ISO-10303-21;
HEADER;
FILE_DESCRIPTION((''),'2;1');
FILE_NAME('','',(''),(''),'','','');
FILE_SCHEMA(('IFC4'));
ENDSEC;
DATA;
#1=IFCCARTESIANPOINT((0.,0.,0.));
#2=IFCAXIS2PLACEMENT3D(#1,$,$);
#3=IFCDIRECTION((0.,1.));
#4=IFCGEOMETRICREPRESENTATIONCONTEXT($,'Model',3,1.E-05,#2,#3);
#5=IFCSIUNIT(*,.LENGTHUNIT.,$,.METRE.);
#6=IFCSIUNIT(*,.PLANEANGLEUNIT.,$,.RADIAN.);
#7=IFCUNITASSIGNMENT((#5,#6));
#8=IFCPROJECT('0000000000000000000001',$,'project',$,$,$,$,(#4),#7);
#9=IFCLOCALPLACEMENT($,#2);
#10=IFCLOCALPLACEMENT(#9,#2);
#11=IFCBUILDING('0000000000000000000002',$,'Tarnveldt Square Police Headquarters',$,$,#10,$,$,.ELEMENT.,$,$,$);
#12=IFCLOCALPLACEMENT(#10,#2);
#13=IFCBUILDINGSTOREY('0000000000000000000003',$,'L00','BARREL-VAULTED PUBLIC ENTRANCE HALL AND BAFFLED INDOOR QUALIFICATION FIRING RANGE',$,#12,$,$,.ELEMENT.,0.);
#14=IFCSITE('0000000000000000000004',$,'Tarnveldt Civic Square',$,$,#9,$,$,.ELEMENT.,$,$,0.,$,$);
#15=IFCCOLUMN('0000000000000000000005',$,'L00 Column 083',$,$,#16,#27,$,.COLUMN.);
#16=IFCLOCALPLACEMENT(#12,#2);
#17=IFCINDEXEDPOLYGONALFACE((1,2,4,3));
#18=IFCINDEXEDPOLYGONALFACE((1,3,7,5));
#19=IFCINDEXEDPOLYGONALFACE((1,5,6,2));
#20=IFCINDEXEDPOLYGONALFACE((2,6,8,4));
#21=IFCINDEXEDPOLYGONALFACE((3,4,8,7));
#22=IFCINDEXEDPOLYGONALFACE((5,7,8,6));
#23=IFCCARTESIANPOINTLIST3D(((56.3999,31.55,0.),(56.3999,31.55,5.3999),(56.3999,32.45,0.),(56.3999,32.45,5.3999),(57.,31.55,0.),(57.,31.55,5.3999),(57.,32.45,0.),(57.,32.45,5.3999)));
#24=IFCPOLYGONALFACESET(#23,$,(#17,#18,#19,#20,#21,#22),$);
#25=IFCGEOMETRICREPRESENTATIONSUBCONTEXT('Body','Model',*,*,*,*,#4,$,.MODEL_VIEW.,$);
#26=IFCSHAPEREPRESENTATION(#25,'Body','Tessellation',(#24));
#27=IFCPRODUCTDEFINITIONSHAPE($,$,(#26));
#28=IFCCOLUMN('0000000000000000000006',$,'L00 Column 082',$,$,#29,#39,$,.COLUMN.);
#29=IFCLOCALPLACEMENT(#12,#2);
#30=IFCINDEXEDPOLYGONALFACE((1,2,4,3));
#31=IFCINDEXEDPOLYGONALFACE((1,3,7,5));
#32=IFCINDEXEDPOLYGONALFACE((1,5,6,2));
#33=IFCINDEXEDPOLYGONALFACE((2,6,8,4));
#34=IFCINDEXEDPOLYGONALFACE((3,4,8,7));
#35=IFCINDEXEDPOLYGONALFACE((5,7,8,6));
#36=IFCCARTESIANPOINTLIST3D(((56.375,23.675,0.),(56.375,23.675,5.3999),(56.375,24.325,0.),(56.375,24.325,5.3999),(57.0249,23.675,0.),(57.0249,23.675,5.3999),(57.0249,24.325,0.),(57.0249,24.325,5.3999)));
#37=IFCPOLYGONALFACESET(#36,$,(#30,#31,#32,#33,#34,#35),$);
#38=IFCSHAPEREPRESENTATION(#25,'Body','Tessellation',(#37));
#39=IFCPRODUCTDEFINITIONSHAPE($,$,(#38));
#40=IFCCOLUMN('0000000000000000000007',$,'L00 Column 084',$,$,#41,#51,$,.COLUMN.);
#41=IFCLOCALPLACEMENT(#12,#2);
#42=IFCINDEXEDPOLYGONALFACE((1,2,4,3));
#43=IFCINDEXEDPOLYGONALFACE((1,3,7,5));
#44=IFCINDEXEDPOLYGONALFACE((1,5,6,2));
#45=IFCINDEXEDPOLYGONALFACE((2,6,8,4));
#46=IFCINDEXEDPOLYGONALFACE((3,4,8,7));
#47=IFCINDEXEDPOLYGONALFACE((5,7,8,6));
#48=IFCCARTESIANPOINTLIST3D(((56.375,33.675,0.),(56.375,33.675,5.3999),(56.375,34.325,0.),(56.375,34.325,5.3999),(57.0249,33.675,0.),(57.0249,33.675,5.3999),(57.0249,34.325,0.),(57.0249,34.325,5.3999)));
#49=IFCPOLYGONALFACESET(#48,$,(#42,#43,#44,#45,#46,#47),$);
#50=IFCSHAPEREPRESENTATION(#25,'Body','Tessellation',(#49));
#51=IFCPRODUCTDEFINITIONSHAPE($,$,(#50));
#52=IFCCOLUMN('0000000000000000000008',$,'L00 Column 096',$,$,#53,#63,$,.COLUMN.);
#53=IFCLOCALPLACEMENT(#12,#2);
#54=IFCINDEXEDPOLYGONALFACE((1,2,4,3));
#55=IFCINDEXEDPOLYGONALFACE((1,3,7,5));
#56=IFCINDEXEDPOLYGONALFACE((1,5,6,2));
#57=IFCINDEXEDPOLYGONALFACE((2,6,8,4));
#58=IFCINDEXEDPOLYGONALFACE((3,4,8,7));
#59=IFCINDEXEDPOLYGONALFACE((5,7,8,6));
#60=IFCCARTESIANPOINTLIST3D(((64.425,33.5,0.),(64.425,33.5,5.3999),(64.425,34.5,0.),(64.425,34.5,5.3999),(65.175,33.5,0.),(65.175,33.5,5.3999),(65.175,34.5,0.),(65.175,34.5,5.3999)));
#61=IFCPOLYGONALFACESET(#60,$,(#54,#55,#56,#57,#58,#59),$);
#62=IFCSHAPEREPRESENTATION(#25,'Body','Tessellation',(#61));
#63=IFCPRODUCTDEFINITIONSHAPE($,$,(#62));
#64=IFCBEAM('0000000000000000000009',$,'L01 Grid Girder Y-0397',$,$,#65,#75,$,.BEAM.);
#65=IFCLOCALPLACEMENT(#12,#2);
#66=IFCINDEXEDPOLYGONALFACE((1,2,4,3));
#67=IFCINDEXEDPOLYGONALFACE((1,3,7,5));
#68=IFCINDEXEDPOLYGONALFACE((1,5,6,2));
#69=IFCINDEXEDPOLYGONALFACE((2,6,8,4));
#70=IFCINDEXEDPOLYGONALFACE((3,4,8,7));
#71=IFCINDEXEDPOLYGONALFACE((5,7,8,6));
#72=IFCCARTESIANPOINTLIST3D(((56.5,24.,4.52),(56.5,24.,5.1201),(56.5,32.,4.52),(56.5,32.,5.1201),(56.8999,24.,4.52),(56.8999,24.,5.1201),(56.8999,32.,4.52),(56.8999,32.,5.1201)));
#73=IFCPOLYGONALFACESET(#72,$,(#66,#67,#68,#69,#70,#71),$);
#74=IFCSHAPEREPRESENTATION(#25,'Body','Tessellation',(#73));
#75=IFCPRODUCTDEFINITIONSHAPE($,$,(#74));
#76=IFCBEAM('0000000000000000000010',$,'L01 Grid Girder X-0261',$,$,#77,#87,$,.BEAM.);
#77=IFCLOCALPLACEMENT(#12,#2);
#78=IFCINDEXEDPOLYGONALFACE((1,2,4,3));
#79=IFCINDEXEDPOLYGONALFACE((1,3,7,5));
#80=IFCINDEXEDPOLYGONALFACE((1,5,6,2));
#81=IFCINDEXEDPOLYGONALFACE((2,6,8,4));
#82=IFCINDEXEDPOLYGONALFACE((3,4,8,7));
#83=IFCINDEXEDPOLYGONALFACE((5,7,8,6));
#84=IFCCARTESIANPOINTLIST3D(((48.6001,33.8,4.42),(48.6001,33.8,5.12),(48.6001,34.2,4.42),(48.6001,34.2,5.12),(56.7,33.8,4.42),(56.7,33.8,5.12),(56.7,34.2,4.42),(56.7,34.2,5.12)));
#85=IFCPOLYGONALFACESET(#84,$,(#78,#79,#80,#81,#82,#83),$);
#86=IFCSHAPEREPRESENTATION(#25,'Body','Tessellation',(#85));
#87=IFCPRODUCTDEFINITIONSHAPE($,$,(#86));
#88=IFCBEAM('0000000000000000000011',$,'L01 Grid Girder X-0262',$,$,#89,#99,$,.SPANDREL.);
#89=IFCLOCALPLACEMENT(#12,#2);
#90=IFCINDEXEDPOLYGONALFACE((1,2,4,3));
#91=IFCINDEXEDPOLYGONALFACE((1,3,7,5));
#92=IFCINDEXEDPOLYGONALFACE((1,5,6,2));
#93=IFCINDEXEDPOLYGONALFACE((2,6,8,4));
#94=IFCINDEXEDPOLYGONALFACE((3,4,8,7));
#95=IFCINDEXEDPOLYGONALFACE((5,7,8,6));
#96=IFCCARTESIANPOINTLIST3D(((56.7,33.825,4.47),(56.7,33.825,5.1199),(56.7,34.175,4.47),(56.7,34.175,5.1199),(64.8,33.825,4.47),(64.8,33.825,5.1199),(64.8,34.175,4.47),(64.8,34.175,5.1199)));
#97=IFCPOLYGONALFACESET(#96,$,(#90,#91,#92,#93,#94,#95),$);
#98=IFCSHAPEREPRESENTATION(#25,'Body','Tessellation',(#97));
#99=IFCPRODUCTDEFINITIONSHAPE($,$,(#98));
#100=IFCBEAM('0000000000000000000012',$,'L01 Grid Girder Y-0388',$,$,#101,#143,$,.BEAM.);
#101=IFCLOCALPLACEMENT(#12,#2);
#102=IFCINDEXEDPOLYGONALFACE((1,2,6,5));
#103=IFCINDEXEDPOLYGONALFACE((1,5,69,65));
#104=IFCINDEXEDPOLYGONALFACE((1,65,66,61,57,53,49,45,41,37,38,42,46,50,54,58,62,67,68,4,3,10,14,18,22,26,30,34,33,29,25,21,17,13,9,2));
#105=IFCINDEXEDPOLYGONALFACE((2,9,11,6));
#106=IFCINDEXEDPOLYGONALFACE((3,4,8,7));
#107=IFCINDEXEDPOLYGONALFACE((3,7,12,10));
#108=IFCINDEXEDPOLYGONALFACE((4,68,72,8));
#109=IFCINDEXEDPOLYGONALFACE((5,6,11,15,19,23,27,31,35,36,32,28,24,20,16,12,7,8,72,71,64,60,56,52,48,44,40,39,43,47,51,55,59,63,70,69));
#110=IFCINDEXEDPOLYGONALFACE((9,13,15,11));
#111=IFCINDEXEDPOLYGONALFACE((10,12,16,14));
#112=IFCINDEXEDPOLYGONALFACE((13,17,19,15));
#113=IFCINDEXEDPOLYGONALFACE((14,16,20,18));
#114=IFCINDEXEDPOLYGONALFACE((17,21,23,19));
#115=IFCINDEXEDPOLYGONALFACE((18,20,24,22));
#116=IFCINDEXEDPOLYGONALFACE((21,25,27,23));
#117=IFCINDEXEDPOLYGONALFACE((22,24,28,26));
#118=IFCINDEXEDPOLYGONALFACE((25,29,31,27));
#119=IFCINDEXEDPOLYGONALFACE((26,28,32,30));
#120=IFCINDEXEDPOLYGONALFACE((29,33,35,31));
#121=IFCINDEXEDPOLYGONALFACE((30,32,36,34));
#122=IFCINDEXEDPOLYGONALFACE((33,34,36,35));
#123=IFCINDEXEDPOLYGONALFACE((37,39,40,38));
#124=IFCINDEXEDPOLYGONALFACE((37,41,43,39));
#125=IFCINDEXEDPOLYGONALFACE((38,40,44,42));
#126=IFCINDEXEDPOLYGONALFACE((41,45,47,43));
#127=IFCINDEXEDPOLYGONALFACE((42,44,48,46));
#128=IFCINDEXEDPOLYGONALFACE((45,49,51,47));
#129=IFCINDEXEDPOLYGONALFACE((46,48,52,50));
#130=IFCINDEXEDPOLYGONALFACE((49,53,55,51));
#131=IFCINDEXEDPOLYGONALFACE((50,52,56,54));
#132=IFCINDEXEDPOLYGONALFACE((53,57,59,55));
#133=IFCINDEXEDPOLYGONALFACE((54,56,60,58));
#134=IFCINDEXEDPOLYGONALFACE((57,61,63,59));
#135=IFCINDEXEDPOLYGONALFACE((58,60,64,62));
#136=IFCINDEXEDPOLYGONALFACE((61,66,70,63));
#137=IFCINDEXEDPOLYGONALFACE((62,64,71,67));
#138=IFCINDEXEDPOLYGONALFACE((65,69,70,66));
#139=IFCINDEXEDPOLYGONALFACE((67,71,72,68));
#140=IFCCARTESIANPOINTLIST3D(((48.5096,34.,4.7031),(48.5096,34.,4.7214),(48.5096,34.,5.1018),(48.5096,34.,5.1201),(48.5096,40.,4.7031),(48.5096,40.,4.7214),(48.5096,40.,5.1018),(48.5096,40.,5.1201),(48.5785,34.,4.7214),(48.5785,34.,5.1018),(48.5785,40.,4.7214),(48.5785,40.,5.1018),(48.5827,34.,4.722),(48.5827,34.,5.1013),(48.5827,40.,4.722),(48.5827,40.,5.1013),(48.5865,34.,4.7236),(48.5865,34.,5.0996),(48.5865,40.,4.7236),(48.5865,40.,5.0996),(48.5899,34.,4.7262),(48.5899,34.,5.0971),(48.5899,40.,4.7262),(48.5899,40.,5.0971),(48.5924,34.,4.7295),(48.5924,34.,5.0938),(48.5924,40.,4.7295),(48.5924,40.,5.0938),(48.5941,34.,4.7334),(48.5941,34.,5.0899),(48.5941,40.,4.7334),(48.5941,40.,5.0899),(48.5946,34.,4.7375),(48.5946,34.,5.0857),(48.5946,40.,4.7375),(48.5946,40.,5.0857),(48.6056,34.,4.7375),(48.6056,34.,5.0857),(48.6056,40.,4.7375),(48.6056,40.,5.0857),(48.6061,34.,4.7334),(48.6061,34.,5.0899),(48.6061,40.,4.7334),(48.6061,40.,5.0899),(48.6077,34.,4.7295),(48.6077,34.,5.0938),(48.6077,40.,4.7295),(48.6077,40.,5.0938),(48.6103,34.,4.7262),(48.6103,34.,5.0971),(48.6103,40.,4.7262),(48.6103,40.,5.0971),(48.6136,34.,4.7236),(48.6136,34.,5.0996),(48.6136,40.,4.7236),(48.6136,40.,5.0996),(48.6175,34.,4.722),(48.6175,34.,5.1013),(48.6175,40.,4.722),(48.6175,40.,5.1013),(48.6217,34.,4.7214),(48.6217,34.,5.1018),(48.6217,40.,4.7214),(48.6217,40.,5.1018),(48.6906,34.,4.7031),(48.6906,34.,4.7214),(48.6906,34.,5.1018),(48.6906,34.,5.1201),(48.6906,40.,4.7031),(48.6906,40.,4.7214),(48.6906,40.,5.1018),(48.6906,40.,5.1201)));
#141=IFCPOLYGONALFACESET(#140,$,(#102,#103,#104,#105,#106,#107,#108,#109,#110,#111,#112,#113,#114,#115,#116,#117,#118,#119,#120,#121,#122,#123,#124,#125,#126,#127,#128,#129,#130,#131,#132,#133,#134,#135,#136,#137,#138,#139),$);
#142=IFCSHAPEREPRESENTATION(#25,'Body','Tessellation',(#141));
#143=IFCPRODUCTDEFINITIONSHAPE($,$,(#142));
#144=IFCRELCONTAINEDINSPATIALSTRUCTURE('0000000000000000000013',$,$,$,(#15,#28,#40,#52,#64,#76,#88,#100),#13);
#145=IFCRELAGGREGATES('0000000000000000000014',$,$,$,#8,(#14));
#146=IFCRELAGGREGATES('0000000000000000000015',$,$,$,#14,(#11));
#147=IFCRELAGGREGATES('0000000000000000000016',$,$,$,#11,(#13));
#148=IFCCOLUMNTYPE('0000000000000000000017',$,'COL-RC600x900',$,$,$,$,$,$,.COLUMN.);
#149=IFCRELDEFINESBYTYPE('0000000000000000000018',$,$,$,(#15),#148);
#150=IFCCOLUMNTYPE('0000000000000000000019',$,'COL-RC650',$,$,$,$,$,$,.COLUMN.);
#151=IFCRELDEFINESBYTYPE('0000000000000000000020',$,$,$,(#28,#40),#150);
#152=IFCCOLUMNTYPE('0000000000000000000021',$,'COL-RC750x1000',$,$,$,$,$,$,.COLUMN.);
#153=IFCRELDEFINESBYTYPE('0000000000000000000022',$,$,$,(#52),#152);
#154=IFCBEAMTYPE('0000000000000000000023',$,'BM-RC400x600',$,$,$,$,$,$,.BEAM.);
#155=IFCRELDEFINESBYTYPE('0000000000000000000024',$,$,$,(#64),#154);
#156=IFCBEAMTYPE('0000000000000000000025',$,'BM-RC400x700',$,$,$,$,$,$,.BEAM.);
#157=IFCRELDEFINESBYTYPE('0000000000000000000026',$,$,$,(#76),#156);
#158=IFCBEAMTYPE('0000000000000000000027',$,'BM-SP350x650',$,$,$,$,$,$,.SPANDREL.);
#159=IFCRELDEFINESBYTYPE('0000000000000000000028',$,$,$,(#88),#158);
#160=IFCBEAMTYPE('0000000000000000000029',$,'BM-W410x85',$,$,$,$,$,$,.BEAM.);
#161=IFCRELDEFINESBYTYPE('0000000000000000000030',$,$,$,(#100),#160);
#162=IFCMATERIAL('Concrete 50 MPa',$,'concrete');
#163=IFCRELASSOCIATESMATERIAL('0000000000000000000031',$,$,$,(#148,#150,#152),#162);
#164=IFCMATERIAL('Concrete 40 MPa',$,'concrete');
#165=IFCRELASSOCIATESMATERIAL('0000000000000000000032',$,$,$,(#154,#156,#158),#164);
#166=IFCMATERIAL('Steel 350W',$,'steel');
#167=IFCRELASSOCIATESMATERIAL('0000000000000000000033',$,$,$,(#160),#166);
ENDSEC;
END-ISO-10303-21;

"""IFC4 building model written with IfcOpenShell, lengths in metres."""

from ifc_helpers import new_model, si_unit, direction, frame, origin, origin_2d, place, context, subcontext, project, spatial, rectangle, i_section, extrude, material, material_profile, profile_set, type_object, element, save


model = new_model("IFC4")

# Units and contexts
model_context = context("Model", 3, precision=1e-05, world=origin(), true_north=direction((0.0, 1.0)))
body_context = subcontext(model_context, "Body", "Model", "MODEL_VIEW")
ifc_project = project(units=[si_unit("LENGTHUNIT", "METRE"), si_unit("PLANEANGLEUNIT", "RADIAN")], contexts=[model_context])

# Site, building, storey
site_placement = place(None, origin())
site = spatial("IfcSite", under=ifc_project, at=site_placement, Name="Tarnveldt Civic Square", CompositionType="ELEMENT", RefElevation=0.0)
building_placement = place(site_placement, origin())
building = spatial("IfcBuilding", under=site, at=building_placement, Name="Tarnveldt Square Police Headquarters", CompositionType="ELEMENT")
storey_placement = place(building_placement, origin())
storey = spatial("IfcBuildingStorey", under=building, at=storey_placement, Name="L00", Description="BARREL-VAULTED PUBLIC ENTRANCE HALL AND BAFFLED INDOOR QUALIFICATION FIRING RANGE", CompositionType="ELEMENT", Elevation=0.0)

# Columns
ifc_material_1 = material(Name="Concrete 50 MPa", Category="concrete")
ifc_material_profile_1 = material_profile(ifc_material_1, rectangle(XDim=0.6001, YDim=0.8999, at=origin_2d()), Name="RC-C600x900")
ifc_profile_set_1 = profile_set([ifc_material_profile_1], Name="Concrete 50 MPa")
column_type_1 = type_object("IfcColumnType", Name="COL-RC600x900", PredefinedType="COLUMN", material=ifc_profile_set_1)
column_1_placement = place(storey_placement, frame((56.7, 32.0, 0.0), z_axis=(0.0, 0.0, 1.0), x_axis=(1.0, 0.0, 0.0)))
element("IfcColumn", 1, at=column_1_placement, inside=storey, type_object=column_type_1, Name="L00 Column 083", PredefinedType="COLUMN", context=body_context, shape_type="SweptSolid", body=[
    extrude(rectangle(XDim=0.6001, YDim=0.8999, at=origin_2d()), origin(), (0.0, 0.0, 1.0), 5.3999),
])
ifc_material_profile_2 = material_profile(ifc_material_1, rectangle(XDim=0.6499, YDim=0.6499, at=origin_2d()), Name="RC-C650x650")
ifc_profile_set_2 = profile_set([ifc_material_profile_2], Name="Concrete 50 MPa")
column_type_2 = type_object("IfcColumnType", Name="COL-RC650", PredefinedType="COLUMN", material=ifc_profile_set_2)
for number, where, z_axis, x_axis, name in (
    (2, (56.7, 24.0, 0.0), (0.0, 0.0, 1.0), (1.0, 0.0, 0.0), "L00 Column 082"),
    (3, (56.7, 34.0, 0.0), (0.0, 0.0, 1.0), (1.0, 0.0, 0.0), "L00 Column 084"),
):
    element("IfcColumn", number, at=place(storey_placement, frame(where, z_axis=z_axis, x_axis=x_axis)), inside=storey, type_object=column_type_2, Name=name, PredefinedType="COLUMN", context=body_context, shape_type="SweptSolid", body=[
        extrude(rectangle(XDim=0.6499, YDim=0.6499, at=origin_2d()), origin(), (0.0, 0.0, 1.0), 5.3999),
    ])
ifc_material_profile_3 = material_profile(ifc_material_1, rectangle(XDim=0.75, YDim=1.0, at=origin_2d()), Name="RC-C750x1000")
ifc_profile_set_3 = profile_set([ifc_material_profile_3], Name="Concrete 50 MPa")
column_type_3 = type_object("IfcColumnType", Name="COL-RC750x1000", PredefinedType="COLUMN", material=ifc_profile_set_3)
column_2_placement = place(storey_placement, frame((64.8, 34.0, 0.0), z_axis=(0.0, 0.0, 1.0), x_axis=(1.0, 0.0, 0.0)))
element("IfcColumn", 4, at=column_2_placement, inside=storey, type_object=column_type_3, Name="L00 Column 096", PredefinedType="COLUMN", context=body_context, shape_type="SweptSolid", body=[
    extrude(rectangle(XDim=0.75, YDim=1.0, at=origin_2d()), origin(), (0.0, 0.0, 1.0), 5.3999),
])

# Beams
ifc_material_2 = material(Name="Concrete 40 MPa", Category="concrete")
ifc_material_profile_4 = material_profile(ifc_material_2, rectangle(XDim=0.3999, YDim=0.6001, at=origin_2d()), Name="RC-B400x600")
ifc_profile_set_4 = profile_set([ifc_material_profile_4], Name="Concrete 40 MPa")
beam_type_1 = type_object("IfcBeamType", Name="BM-RC400x600", PredefinedType="BEAM", material=ifc_profile_set_4)
beam_1_placement = place(storey_placement, frame((56.7, 24.0, 4.8201), z_axis=(0.0, 1.0, 0.0), x_axis=(-1.0, 0.0, 0.0)))
element("IfcBeam", 5, at=beam_1_placement, inside=storey, type_object=beam_type_1, Name="L01 Grid Girder Y-0397", PredefinedType="BEAM", context=body_context, shape_type="SweptSolid", body=[
    extrude(rectangle(XDim=0.3999, YDim=0.6001, at=origin_2d()), origin(), (0.0, 0.0, 1.0), 8.0),
])
ifc_material_profile_5 = material_profile(ifc_material_2, rectangle(XDim=0.3999, YDim=0.7, at=origin_2d()), Name="RC-B400x700")
ifc_profile_set_5 = profile_set([ifc_material_profile_5], Name="Concrete 40 MPa")
beam_type_2 = type_object("IfcBeamType", Name="BM-RC400x700", PredefinedType="BEAM", material=ifc_profile_set_5)
beam_2_placement = place(storey_placement, frame((48.6001, 34.0, 4.77), z_axis=(1.0, 0.0, 0.0), x_axis=(0.0, 1.0, 0.0)))
element("IfcBeam", 6, at=beam_2_placement, inside=storey, type_object=beam_type_2, Name="L01 Grid Girder X-0261", PredefinedType="BEAM", context=body_context, shape_type="SweptSolid", body=[
    extrude(rectangle(XDim=0.3999, YDim=0.7, at=origin_2d()), origin(), (0.0, 0.0, 1.0), 8.0999),
])
ifc_material_profile_6 = material_profile(ifc_material_2, rectangle(XDim=0.3501, YDim=0.6499, at=origin_2d()), Name="RC-SP350x650")
ifc_profile_set_6 = profile_set([ifc_material_profile_6], Name="Concrete 40 MPa")
beam_type_3 = type_object("IfcBeamType", Name="BM-SP350x650", PredefinedType="SPANDREL", material=ifc_profile_set_6)
beam_3_placement = place(storey_placement, frame((56.7, 34.0, 4.7949), z_axis=(1.0, 0.0, 0.0), x_axis=(0.0, 1.0, 0.0)))
element("IfcBeam", 7, at=beam_3_placement, inside=storey, type_object=beam_type_3, Name="L01 Grid Girder X-0262", PredefinedType="SPANDREL", context=body_context, shape_type="SweptSolid", body=[
    extrude(rectangle(XDim=0.3501, YDim=0.6499, at=origin_2d()), origin(), (0.0, 0.0, 1.0), 8.1001),
])
ifc_material_3 = material(Name="Steel 350W", Category="steel")
ifc_material_profile_7 = material_profile(ifc_material_3, i_section(OverallWidth=0.1809, OverallDepth=0.417, WebThickness=0.011, FlangeThickness=0.0183, FilletRadius=0.0161, at=origin_2d()), Name="W410x85")
ifc_profile_set_7 = profile_set([ifc_material_profile_7], Name="Steel 350W")
beam_type_4 = type_object("IfcBeamType", Name="BM-W410x85", PredefinedType="BEAM", material=ifc_profile_set_7)
beam_4_placement = place(storey_placement, frame((48.6001, 34.0, 4.9116), z_axis=(0.0, 1.0, 0.0), x_axis=(-1.0, 0.0, 0.0)))
element("IfcBeam", 8, at=beam_4_placement, inside=storey, type_object=beam_type_4, Name="L01 Grid Girder Y-0388", PredefinedType="BEAM", context=body_context, shape_type="SweptSolid", body=[
    extrude(i_section(OverallWidth=0.1809, OverallDepth=0.417, WebThickness=0.011, FlangeThickness=0.0183, FilletRadius=0.0161, at=origin_2d()), origin(), (0.0, 0.0, 1.0), 6.0),
])

save(model, "model.ifc")
